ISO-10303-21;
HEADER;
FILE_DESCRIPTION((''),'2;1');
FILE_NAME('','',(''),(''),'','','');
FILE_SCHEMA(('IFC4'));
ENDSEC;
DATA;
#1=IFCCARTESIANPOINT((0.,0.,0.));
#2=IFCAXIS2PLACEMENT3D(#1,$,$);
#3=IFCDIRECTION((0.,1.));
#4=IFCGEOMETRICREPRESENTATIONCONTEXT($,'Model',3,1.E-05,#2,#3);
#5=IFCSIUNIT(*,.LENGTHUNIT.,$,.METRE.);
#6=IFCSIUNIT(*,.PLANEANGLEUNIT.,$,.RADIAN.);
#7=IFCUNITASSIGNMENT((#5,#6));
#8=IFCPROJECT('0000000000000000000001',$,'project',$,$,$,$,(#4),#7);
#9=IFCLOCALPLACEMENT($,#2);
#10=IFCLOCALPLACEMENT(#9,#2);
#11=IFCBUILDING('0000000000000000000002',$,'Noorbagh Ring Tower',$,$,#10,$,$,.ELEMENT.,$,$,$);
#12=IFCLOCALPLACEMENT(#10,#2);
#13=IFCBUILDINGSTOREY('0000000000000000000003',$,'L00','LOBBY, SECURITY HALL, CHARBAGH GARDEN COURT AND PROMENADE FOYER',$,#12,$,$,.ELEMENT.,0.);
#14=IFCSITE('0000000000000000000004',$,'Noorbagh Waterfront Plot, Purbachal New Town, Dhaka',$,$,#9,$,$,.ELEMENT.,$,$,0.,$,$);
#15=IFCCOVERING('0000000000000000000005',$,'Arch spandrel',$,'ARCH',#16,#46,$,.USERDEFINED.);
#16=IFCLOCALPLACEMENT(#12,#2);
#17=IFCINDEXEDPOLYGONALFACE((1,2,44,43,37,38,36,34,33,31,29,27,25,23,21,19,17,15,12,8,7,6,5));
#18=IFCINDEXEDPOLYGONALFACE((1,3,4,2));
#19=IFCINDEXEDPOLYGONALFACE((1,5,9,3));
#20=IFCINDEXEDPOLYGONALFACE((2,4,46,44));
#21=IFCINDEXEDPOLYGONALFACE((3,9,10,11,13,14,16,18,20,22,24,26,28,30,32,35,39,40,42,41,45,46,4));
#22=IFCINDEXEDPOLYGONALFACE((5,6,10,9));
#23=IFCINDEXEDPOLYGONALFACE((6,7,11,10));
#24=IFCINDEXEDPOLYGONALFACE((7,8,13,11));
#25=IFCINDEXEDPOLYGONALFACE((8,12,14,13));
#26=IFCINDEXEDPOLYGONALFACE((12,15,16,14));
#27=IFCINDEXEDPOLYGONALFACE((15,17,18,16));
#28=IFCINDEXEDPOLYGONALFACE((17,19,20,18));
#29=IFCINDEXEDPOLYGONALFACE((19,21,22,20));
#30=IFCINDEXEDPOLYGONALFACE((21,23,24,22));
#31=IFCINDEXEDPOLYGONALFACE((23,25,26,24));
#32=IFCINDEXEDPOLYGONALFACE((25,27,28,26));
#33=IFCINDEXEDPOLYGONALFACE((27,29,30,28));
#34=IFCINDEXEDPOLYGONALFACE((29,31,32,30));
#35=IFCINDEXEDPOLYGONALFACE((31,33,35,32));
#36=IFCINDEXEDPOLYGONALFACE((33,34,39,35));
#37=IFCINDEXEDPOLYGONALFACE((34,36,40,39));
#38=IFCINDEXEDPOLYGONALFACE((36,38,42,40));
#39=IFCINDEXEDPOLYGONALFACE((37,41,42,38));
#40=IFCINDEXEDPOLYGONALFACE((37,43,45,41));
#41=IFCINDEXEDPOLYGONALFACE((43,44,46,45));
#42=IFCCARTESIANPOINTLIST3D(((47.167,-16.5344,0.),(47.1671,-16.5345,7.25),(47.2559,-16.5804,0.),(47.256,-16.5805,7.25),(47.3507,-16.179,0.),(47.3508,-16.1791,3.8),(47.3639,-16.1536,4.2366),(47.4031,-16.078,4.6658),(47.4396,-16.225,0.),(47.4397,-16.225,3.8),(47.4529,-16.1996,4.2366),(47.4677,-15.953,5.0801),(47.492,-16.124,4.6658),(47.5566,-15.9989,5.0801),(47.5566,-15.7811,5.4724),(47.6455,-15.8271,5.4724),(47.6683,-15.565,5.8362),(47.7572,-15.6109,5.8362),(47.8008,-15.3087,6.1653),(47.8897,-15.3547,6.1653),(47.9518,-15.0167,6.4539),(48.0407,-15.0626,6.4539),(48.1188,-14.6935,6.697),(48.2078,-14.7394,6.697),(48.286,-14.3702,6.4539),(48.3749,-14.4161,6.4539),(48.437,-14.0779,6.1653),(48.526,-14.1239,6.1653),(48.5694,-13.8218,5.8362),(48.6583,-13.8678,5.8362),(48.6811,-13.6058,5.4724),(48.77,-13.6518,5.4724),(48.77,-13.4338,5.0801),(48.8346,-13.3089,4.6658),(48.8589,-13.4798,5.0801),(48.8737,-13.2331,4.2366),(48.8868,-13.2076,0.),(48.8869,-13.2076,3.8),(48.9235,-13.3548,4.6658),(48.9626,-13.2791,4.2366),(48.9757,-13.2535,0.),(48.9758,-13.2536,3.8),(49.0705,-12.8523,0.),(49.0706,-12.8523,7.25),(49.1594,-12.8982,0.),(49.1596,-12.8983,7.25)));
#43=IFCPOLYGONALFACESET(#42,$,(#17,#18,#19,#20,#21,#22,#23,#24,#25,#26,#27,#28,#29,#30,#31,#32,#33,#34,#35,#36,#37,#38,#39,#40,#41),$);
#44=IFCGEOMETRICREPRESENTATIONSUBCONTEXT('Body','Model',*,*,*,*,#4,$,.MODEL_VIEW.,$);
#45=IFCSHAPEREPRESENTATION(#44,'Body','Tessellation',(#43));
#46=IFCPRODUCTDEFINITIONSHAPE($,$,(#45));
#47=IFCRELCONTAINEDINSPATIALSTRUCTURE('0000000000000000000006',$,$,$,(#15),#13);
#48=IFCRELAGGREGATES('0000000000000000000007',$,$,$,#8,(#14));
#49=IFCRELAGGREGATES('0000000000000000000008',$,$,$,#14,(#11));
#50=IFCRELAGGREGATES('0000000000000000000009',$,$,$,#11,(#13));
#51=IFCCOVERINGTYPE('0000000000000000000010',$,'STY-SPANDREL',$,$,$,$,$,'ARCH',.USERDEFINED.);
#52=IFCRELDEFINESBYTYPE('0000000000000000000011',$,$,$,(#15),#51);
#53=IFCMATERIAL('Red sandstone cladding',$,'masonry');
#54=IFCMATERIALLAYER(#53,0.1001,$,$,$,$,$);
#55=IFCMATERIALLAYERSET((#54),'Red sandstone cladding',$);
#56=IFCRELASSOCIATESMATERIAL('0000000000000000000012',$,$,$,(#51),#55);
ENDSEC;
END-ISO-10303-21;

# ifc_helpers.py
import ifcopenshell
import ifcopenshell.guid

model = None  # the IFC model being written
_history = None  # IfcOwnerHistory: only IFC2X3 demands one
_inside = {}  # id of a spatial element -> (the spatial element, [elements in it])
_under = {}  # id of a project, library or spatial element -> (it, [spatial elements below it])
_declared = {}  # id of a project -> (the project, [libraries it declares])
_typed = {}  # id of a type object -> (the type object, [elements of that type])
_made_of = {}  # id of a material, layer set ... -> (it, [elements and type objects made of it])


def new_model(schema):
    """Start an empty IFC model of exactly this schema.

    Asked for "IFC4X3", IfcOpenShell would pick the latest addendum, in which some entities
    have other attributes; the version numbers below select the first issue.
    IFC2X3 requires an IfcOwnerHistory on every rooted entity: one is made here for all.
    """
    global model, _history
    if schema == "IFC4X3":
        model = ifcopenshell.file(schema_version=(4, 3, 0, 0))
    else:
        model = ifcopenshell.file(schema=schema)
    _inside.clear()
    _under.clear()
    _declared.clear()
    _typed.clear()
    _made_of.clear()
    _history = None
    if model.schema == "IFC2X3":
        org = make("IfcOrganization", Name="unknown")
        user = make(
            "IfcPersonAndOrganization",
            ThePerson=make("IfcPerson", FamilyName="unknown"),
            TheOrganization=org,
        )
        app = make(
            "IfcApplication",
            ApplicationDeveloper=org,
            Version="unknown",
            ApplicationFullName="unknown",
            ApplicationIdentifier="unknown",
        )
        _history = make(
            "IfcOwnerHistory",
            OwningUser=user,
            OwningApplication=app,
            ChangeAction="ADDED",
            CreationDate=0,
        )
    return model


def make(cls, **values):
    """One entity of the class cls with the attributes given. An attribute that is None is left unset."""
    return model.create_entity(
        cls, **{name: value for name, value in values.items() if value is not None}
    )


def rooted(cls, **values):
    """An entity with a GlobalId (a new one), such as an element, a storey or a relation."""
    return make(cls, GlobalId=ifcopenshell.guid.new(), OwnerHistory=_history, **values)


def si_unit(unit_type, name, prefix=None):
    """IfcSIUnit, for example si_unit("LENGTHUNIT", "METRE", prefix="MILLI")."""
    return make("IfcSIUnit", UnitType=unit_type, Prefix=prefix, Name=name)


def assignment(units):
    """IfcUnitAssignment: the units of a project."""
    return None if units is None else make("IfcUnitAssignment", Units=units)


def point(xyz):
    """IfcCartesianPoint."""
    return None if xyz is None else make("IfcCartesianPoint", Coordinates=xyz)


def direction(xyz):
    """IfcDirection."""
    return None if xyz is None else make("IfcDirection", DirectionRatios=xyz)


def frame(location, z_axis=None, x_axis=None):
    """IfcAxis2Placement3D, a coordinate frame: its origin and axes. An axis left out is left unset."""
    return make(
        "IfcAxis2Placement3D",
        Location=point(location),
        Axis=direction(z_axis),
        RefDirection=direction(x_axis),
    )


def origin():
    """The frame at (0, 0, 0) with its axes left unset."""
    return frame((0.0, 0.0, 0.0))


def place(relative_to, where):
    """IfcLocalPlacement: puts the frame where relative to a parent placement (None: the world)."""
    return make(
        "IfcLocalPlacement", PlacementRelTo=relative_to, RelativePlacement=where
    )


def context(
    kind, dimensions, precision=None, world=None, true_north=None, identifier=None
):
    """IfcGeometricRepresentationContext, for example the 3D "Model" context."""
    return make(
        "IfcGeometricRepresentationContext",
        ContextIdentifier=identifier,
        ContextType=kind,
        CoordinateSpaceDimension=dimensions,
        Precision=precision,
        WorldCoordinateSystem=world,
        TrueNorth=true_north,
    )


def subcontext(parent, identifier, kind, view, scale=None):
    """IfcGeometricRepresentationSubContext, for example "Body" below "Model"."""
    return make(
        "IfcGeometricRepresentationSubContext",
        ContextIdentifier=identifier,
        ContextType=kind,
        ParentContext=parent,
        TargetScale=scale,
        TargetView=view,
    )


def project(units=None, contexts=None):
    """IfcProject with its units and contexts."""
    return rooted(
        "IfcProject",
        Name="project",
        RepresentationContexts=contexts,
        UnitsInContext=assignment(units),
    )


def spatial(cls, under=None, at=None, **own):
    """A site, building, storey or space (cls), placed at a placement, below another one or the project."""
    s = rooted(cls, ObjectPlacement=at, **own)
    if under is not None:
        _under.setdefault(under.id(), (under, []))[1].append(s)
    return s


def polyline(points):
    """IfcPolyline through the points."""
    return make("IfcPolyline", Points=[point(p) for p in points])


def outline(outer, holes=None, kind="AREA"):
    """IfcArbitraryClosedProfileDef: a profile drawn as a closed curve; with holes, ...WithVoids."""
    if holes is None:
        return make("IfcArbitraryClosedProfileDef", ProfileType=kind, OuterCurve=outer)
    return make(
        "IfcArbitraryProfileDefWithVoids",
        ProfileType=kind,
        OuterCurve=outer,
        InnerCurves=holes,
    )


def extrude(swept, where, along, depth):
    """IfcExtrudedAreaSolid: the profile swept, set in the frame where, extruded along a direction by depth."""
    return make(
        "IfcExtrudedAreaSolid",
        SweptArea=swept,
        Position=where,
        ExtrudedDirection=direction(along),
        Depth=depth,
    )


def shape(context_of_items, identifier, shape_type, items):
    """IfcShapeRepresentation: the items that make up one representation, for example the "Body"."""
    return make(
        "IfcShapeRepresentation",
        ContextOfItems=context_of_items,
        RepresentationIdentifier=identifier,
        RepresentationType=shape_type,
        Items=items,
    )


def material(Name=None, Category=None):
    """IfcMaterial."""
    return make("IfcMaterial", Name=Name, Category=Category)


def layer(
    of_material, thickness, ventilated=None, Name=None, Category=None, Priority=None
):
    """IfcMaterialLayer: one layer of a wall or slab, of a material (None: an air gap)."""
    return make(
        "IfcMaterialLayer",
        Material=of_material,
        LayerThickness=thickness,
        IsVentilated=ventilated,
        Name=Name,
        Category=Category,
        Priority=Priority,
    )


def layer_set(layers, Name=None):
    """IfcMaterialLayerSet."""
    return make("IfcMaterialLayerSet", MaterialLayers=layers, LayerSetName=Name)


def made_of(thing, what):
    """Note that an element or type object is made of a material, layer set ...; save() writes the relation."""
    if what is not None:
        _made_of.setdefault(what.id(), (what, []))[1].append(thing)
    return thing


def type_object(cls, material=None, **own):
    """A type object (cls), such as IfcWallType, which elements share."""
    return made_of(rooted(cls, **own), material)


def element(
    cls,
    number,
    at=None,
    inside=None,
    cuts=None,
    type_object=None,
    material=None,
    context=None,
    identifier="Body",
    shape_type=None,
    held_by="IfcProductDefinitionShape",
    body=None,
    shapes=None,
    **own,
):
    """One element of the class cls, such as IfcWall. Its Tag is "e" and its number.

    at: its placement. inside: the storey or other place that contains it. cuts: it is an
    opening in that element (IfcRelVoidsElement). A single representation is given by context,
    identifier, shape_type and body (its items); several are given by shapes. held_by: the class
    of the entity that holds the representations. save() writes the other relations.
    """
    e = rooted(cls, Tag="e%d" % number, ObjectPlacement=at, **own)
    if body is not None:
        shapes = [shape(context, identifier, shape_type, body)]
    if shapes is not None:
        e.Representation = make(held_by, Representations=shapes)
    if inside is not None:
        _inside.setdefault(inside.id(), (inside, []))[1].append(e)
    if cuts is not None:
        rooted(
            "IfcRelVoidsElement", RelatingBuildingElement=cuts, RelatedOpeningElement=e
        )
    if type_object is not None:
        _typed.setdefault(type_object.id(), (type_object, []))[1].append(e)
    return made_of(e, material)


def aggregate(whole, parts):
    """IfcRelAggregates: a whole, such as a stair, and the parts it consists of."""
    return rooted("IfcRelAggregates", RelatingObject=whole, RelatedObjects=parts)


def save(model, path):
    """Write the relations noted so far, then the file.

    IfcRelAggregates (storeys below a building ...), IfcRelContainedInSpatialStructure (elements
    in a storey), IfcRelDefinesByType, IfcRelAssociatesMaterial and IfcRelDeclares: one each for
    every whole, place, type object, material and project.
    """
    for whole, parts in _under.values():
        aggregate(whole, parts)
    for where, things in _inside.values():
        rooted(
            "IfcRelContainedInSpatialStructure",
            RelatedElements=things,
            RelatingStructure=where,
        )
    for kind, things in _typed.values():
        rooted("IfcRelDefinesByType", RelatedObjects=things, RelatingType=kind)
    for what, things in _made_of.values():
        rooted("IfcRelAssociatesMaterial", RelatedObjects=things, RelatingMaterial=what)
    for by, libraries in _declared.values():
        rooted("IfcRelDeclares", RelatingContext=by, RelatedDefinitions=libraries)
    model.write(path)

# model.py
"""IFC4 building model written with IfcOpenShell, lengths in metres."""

from ifc_helpers import new_model, si_unit, direction, frame, origin, place, context, subcontext, project, spatial, polyline, outline, extrude, material, layer, layer_set, type_object, element, save


model = new_model("IFC4")

# Units and contexts
model_context = context("Model", 3, precision=1e-05, world=origin(), true_north=direction((0.0, 1.0)))
body_context = subcontext(model_context, "Body", "Model", "MODEL_VIEW")
ifc_project = project(units=[si_unit("LENGTHUNIT", "METRE"), si_unit("PLANEANGLEUNIT", "RADIAN")], contexts=[model_context])

# Site, building, storey
site_placement = place(None, origin())
site = spatial("IfcSite", under=ifc_project, at=site_placement, Name="Noorbagh Waterfront Plot, Purbachal New Town, Dhaka", CompositionType="ELEMENT", RefElevation=0.0)
building_placement = place(site_placement, origin())
building = spatial("IfcBuilding", under=site, at=building_placement, Name="Noorbagh Ring Tower", CompositionType="ELEMENT")
storey_placement = place(building_placement, origin())
storey = spatial("IfcBuildingStorey", under=building, at=storey_placement, Name="L00", Description="LOBBY, SECURITY HALL, CHARBAGH GARDEN COURT AND PROMENADE FOYER", CompositionType="ELEMENT", Elevation=0.0)

# Covering
ifc_material_1 = material(Name="Red sandstone cladding", Category="masonry")
ifc_layer_1 = layer(ifc_material_1, 0.1001)
ifc_layer_set_1 = layer_set([ifc_layer_1], Name="Red sandstone cladding")
covering_type = type_object("IfcCoveringType", Name="STY-SPANDREL", ElementType="ARCH", PredefinedType="USERDEFINED", material=ifc_layer_set_1)
covering_1_placement = place(storey_placement, frame((47.167, -16.5344, 0.0), z_axis=(-0.888322, 0.459222, 0.000021), x_axis=(0.459222, 0.888322, 0.0)))
element("IfcCovering", 1, at=covering_1_placement, inside=storey, type_object=covering_type, Name="Arch spandrel", ObjectType="ARCH", PredefinedType="USERDEFINED", context=body_context, shape_type="SweptSolid", body=[
    extrude(outline(polyline([(0.0, 0.0), (0.4001, 0.0), (0.4001, -3.8), (0.4287, -4.2366), (0.5139, -4.6658), (0.6546, -5.0801), (0.8481, -5.4724), (1.0914, -5.8362), (1.3799, -6.1653), (1.7087, -6.4539), (2.0725, -6.697), (2.4364, -6.4539), (2.7654, -6.1653), (3.0537, -5.8362), (3.2969, -5.4724), (3.4905, -5.0801), (3.6311, -4.6658), (3.7164, -4.2366), (3.7451, -3.8), (3.7451, 0.0), (4.1451, 0.0), (4.1451, -7.25), (0.0, -7.25), (0.0, 0.0)])), origin(), (0.0, 0.0, -1.0), 0.1001),
])

save(model, "model.ifc")
